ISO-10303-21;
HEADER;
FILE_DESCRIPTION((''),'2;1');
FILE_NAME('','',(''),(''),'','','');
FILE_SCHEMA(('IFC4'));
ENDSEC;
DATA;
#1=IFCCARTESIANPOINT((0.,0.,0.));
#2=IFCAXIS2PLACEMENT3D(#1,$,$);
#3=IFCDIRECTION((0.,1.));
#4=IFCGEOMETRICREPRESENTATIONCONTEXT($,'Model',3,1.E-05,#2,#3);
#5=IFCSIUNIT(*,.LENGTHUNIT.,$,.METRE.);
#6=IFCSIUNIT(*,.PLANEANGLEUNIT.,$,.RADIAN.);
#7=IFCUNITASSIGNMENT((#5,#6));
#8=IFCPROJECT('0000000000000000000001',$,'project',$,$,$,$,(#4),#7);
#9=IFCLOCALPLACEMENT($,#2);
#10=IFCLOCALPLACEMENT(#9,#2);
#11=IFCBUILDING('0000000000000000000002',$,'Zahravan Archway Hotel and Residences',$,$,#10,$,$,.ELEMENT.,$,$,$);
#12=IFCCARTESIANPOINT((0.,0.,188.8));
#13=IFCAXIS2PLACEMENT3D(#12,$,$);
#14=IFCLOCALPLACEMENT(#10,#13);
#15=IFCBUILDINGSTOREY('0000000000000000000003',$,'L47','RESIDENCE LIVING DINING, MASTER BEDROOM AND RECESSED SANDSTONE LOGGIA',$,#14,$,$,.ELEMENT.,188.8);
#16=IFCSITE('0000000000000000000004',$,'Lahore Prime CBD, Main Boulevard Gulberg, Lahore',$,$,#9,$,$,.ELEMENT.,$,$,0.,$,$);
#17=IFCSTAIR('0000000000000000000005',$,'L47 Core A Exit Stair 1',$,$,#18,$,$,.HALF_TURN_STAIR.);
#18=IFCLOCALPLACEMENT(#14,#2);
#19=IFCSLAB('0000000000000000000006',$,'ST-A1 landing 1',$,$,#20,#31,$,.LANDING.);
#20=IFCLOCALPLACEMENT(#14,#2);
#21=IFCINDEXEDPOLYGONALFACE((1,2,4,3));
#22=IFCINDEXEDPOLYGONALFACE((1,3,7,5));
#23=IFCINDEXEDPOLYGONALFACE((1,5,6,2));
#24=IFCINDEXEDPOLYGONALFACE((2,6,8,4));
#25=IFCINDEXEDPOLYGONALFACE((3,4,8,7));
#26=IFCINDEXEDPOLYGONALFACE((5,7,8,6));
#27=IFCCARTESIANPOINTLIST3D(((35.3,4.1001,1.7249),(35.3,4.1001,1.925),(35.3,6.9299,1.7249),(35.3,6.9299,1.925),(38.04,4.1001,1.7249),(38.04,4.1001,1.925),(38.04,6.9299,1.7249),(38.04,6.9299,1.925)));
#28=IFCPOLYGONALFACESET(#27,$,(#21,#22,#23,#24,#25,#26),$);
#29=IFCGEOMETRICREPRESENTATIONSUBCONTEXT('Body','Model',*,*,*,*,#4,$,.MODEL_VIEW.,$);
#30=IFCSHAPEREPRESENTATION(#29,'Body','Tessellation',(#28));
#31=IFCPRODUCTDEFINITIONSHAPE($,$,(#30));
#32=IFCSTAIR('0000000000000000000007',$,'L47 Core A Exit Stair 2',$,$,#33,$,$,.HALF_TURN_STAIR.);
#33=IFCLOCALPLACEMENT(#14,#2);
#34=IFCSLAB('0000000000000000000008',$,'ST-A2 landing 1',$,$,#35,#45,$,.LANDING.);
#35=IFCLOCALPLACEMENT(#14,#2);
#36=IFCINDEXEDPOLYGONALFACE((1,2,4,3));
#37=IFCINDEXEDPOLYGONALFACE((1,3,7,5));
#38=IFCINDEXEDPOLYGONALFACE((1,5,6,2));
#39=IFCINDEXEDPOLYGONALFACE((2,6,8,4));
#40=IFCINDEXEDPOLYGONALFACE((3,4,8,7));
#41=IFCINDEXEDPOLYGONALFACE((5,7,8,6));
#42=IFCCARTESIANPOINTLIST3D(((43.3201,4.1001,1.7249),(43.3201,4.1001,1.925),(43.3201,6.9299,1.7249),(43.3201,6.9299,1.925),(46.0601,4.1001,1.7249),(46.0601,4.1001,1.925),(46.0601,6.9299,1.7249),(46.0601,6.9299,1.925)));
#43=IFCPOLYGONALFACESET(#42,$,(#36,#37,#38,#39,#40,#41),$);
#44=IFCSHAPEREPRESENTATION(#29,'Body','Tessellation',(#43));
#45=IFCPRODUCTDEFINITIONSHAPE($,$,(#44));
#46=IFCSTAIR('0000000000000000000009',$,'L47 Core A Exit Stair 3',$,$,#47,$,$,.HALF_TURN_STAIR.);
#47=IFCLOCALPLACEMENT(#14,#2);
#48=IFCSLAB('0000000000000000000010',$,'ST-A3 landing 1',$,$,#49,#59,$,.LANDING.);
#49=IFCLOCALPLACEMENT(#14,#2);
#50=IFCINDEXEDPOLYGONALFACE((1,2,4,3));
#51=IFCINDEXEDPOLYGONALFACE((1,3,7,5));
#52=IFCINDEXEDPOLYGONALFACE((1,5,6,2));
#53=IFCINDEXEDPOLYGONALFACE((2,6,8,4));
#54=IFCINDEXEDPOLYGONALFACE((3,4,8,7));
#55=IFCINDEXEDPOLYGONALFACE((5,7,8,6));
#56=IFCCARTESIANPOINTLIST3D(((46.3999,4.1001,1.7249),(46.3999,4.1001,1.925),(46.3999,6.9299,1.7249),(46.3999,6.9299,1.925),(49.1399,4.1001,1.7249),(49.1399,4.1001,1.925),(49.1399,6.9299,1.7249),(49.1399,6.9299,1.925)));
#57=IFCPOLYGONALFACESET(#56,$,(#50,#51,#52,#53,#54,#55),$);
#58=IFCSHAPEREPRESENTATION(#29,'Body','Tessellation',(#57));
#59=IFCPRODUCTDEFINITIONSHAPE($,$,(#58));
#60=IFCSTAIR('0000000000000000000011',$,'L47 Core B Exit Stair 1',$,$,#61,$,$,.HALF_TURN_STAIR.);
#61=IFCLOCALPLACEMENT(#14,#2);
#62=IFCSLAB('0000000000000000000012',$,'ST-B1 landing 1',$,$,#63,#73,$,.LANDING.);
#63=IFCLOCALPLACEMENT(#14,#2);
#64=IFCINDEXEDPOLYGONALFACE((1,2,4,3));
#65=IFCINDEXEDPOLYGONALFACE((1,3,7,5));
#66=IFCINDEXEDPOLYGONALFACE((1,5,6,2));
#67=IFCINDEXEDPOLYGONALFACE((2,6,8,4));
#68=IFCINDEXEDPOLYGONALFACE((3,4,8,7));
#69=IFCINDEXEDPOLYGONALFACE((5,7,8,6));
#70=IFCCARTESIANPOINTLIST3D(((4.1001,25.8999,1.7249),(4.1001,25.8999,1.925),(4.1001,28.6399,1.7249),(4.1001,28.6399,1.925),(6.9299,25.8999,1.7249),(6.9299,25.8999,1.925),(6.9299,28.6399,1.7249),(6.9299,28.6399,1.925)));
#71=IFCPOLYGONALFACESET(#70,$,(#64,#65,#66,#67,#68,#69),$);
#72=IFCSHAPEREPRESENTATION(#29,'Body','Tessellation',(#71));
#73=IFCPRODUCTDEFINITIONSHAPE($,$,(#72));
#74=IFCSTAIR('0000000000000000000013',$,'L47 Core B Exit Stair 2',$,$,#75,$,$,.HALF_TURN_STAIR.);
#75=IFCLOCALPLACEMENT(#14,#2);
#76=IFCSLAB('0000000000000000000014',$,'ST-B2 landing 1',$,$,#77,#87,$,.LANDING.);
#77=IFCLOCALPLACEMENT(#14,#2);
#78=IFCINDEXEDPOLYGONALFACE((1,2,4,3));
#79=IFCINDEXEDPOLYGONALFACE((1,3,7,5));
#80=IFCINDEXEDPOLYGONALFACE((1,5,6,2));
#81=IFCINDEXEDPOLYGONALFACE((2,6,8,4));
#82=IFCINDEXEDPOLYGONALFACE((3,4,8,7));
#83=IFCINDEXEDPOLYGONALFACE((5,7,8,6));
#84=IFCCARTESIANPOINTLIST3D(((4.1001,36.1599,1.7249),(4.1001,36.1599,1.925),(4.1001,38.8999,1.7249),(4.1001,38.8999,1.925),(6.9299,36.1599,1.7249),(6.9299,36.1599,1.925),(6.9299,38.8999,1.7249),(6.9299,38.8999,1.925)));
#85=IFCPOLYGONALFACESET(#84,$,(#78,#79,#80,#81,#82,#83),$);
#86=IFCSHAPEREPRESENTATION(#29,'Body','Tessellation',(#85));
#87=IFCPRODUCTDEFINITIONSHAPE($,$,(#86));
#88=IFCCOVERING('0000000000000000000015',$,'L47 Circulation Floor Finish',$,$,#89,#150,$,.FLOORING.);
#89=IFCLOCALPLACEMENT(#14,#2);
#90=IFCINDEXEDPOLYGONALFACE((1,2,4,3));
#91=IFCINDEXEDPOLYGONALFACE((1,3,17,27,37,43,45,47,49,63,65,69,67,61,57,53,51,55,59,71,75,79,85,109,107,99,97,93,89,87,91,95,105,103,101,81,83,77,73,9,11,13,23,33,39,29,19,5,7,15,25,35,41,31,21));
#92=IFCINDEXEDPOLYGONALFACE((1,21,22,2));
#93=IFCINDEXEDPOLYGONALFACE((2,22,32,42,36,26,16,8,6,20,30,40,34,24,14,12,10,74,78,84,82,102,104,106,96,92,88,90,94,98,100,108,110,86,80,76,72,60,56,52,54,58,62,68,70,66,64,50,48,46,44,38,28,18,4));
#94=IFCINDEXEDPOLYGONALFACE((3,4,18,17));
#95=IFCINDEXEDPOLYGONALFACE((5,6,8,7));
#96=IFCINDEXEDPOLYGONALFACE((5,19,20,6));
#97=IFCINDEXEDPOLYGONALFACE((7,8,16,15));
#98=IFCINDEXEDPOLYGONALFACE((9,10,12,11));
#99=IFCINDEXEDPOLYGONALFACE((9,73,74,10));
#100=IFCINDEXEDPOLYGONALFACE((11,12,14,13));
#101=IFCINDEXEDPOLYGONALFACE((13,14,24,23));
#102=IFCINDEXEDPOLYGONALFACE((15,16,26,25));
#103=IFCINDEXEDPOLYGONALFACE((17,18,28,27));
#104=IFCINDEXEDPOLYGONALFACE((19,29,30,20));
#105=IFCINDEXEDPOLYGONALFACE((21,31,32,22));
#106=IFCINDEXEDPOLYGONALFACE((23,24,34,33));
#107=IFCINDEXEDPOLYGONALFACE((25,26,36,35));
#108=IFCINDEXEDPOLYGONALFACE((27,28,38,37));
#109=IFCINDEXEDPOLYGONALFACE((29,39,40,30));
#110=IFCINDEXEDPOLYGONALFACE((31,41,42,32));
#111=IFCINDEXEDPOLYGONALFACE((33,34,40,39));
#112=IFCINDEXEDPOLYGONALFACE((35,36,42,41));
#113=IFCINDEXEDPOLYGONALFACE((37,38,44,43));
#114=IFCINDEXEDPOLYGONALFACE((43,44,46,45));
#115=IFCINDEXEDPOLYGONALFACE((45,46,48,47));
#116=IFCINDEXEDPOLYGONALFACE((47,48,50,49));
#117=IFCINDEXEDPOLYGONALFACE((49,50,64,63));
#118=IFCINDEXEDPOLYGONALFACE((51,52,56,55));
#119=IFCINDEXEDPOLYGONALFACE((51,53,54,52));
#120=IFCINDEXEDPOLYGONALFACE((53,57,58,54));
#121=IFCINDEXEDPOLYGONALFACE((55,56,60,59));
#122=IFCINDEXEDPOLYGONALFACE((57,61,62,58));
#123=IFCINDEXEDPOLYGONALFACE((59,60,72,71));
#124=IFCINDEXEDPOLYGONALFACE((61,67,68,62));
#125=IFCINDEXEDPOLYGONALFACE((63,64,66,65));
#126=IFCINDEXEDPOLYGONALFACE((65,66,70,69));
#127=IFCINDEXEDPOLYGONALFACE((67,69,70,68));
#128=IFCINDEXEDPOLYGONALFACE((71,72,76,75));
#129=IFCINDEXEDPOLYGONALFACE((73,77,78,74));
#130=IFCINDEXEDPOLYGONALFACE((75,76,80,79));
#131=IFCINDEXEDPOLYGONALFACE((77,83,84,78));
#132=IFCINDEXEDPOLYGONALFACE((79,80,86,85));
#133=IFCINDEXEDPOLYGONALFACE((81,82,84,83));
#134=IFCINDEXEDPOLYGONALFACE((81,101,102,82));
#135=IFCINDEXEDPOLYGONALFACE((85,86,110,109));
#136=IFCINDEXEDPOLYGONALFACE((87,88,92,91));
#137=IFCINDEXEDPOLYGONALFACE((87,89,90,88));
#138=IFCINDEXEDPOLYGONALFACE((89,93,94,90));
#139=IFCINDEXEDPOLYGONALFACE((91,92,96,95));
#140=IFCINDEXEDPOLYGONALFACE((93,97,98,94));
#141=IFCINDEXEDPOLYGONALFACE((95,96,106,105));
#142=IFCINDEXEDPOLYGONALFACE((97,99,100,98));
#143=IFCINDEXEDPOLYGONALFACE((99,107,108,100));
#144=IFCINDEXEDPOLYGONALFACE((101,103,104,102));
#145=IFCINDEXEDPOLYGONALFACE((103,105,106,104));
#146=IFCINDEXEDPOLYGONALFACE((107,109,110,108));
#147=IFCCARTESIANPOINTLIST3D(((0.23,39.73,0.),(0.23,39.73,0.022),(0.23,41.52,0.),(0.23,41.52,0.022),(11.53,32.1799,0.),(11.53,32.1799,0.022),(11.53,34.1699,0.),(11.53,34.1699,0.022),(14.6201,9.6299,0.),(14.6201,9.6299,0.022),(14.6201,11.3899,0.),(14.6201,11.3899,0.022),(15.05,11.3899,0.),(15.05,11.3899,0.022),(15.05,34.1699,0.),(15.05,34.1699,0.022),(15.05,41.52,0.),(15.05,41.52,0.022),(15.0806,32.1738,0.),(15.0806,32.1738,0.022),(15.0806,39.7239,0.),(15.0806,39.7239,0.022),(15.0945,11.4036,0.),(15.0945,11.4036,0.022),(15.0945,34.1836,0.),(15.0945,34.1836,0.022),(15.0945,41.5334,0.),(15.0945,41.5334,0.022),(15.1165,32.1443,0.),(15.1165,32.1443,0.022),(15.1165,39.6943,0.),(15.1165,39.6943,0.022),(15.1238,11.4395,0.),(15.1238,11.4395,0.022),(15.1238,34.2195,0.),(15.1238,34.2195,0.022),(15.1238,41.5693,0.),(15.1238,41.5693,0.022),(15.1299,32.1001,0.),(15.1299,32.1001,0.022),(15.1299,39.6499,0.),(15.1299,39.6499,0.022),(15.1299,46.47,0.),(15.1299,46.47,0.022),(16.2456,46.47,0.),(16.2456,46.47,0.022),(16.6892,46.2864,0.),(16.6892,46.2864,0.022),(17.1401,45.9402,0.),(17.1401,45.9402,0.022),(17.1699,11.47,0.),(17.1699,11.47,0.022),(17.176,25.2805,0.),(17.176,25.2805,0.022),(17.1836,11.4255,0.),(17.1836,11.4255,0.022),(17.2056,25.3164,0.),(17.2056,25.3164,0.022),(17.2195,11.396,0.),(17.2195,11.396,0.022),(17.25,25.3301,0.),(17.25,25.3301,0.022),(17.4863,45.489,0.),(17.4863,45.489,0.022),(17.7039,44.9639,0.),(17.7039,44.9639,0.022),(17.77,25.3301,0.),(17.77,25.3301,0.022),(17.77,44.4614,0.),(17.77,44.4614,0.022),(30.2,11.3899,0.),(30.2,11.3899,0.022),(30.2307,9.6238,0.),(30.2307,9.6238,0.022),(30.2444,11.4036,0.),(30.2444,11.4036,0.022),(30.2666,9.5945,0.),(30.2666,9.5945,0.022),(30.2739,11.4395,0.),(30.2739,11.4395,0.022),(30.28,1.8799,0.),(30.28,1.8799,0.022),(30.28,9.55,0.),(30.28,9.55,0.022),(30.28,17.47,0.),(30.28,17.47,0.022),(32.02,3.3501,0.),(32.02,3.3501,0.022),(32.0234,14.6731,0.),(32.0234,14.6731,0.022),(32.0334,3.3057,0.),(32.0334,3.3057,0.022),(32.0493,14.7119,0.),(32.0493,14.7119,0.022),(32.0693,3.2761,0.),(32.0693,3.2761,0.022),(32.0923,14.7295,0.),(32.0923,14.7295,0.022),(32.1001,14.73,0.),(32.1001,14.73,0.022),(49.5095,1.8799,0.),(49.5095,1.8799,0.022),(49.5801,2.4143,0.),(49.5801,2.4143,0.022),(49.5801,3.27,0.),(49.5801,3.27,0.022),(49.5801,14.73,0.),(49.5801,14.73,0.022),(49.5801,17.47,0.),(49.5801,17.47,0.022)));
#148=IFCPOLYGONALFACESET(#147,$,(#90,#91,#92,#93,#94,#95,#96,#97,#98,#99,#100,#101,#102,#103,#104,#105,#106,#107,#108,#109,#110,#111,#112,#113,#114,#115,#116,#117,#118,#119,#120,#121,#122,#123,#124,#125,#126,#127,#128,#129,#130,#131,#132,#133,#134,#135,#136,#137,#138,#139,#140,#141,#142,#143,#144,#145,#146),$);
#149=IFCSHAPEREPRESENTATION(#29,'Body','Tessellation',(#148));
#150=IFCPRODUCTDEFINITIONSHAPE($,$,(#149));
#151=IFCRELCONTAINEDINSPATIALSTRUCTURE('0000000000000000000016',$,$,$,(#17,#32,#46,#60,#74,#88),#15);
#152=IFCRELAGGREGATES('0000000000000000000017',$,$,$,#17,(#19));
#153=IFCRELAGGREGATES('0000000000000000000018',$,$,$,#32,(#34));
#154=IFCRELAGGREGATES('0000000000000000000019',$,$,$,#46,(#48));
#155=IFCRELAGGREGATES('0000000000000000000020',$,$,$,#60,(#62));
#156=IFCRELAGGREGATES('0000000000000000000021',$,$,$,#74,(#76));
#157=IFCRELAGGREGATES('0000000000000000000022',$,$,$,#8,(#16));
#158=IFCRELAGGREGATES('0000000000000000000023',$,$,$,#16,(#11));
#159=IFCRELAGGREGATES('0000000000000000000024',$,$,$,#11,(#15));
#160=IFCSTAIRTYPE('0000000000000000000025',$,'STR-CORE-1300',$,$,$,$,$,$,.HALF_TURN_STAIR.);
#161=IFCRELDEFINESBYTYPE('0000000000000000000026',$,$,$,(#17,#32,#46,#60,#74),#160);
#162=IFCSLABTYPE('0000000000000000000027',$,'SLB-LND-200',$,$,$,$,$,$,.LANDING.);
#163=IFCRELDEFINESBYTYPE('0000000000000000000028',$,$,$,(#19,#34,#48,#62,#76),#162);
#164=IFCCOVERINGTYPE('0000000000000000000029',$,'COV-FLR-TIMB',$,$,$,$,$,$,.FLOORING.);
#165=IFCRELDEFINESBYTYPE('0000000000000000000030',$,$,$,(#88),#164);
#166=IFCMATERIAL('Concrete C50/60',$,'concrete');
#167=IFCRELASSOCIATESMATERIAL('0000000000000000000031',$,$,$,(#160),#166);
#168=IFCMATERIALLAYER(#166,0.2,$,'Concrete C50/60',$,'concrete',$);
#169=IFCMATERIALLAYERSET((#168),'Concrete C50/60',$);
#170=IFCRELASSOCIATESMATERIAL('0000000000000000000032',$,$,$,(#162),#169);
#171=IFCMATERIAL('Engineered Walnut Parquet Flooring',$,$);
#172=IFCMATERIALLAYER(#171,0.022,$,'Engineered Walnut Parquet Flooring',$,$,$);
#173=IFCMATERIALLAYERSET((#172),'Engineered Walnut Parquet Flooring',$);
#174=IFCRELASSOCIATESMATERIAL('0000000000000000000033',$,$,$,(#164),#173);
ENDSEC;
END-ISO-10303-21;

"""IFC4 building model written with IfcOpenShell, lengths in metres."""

from ifc_helpers import new_model, si_unit, direction, frame, origin, place, context, subcontext, project, spatial, polyline, outline, extrude, material, layer, layer_set, type_object, element, aggregate, save


model = new_model("IFC4")

# Units and contexts
model_context = context("Model", 3, precision=1e-05, world=origin(), true_north=direction((0.0, 1.0)))
body_context = subcontext(model_context, "Body", "Model", "MODEL_VIEW")
ifc_project = project(units=[si_unit("LENGTHUNIT", "METRE"), si_unit("PLANEANGLEUNIT", "RADIAN")], contexts=[model_context])

# Site, building, storey
site_placement = place(None, origin())
site = spatial("IfcSite", under=ifc_project, at=site_placement, Name="Lahore Prime CBD, Main Boulevard Gulberg, Lahore", CompositionType="ELEMENT", RefElevation=0.0)
building_placement = place(site_placement, origin())
building = spatial("IfcBuilding", under=site, at=building_placement, Name="Zahravan Archway Hotel and Residences", CompositionType="ELEMENT")
storey_placement = place(building_placement, frame((0.0, 0.0, 188.8)))
storey = spatial("IfcBuildingStorey", under=building, at=storey_placement, Name="L47", Description="RESIDENCE LIVING DINING, MASTER BEDROOM AND RECESSED SANDSTONE LOGGIA", CompositionType="ELEMENT", Elevation=188.8)

# Stairs, slabs
ifc_material_1 = material(Name="Concrete C50/60", Category="concrete")
stair_type = type_object("IfcStairType", Name="STR-CORE-1300", PredefinedType="HALF_TURN_STAIR", material=ifc_material_1)
stair_1_placement = place(storey_placement, origin())
stair_1 = element("IfcStair", 1, at=stair_1_placement, inside=storey, type_object=stair_type, Name="L47 Core A Exit Stair 1", PredefinedType="HALF_TURN_STAIR")
ifc_layer_1 = layer(ifc_material_1, 0.2, Name="Concrete C50/60", Category="concrete")
ifc_layer_set_1 = layer_set([ifc_layer_1], Name="Concrete C50/60")
slab_type_1 = type_object("IfcSlabType", Name="SLB-LND-200", PredefinedType="LANDING", material=ifc_layer_set_1)
slab_1_placement = place(storey_placement, frame((0.0, 0.0, 1.7249)))
slab_1 = element("IfcSlab", 2, at=slab_1_placement, type_object=slab_type_1, Name="ST-A1 landing 1", PredefinedType="LANDING", context=body_context, shape_type="SweptSolid", body=[
    extrude(outline(polyline([(35.3, 6.9299), (35.3, 4.1001), (38.04, 4.1001), (38.04, 6.9299), (35.3, 6.9299)])), origin(), (0.0, 0.0, 1.0), 0.2002),
])
aggregate(stair_1, [slab_1])
stair_2_placement = place(storey_placement, origin())
stair_2 = element("IfcStair", 3, at=stair_2_placement, inside=storey, type_object=stair_type, Name="L47 Core A Exit Stair 2", PredefinedType="HALF_TURN_STAIR")
slab_2_placement = place(storey_placement, frame((0.0, 0.0, 1.7249)))
slab_2 = element("IfcSlab", 4, at=slab_2_placement, type_object=slab_type_1, Name="ST-A2 landing 1", PredefinedType="LANDING", context=body_context, shape_type="SweptSolid", body=[
    extrude(outline(polyline([(43.3201, 6.9299), (43.3201, 4.1001), (46.0601, 4.1001), (46.0601, 6.9299), (43.3201, 6.9299)])), origin(), (0.0, 0.0, 1.0), 0.2002),
])
aggregate(stair_2, [slab_2])
stair_3_placement = place(storey_placement, origin())
stair_3 = element("IfcStair", 5, at=stair_3_placement, inside=storey, type_object=stair_type, Name="L47 Core A Exit Stair 3", PredefinedType="HALF_TURN_STAIR")
slab_3_placement = place(storey_placement, frame((0.0, 0.0, 1.7249)))
slab_3 = element("IfcSlab", 6, at=slab_3_placement, type_object=slab_type_1, Name="ST-A3 landing 1", PredefinedType="LANDING", context=body_context, shape_type="SweptSolid", body=[
    extrude(outline(polyline([(46.3999, 6.9299), (46.3999, 4.1001), (49.1399, 4.1001), (49.1399, 6.9299), (46.3999, 6.9299)])), origin(), (0.0, 0.0, 1.0), 0.2002),
])
aggregate(stair_3, [slab_3])
stair_4_placement = place(storey_placement, origin())
stair_4 = element("IfcStair", 7, at=stair_4_placement, inside=storey, type_object=stair_type, Name="L47 Core B Exit Stair 1", PredefinedType="HALF_TURN_STAIR")
slab_4_placement = place(storey_placement, frame((0.0, 0.0, 1.7249)))
slab_4 = element("IfcSlab", 8, at=slab_4_placement, type_object=slab_type_1, Name="ST-B1 landing 1", PredefinedType="LANDING", context=body_context, shape_type="SweptSolid", body=[
    extrude(outline(polyline([(6.9299, 28.6399), (4.1001, 28.6399), (4.1001, 25.8999), (6.9299, 25.8999), (6.9299, 28.6399)])), origin(), (0.0, 0.0, 1.0), 0.2002),
])
aggregate(stair_4, [slab_4])
stair_5_placement = place(storey_placement, origin())
stair_5 = element("IfcStair", 9, at=stair_5_placement, inside=storey, type_object=stair_type, Name="L47 Core B Exit Stair 2", PredefinedType="HALF_TURN_STAIR")
slab_5_placement = place(storey_placement, frame((0.0, 0.0, 1.7249)))
slab_5 = element("IfcSlab", 10, at=slab_5_placement, type_object=slab_type_1, Name="ST-B2 landing 1", PredefinedType="LANDING", context=body_context, shape_type="SweptSolid", body=[
    extrude(outline(polyline([(6.9299, 38.8999), (4.1001, 38.8999), (4.1001, 36.1599), (6.9299, 36.1599), (6.9299, 38.8999)])), origin(), (0.0, 0.0, 1.0), 0.2002),
])
aggregate(stair_5, [slab_5])

# Covering
ifc_material_2 = material(Name="Engineered Walnut Parquet Flooring")
ifc_layer_2 = layer(ifc_material_2, 0.022, Name="Engineered Walnut Parquet Flooring")
ifc_layer_set_2 = layer_set([ifc_layer_2], Name="Engineered Walnut Parquet Flooring")
covering_type = type_object("IfcCoveringType", Name="COV-FLR-TIMB", PredefinedType="FLOORING", material=ifc_layer_set_2)
covering_placement = place(storey_placement, origin())
element("IfcCovering", 11, at=covering_placement, inside=storey, type_object=covering_type, Name="L47 Circulation Floor Finish", PredefinedType="FLOORING", context=body_context, shape_type="SweptSolid", body=[
    extrude(outline(polyline([(32.0923, 14.7295), (32.0493, 14.7119), (32.0234, 14.6731), (32.02, 3.3501), (32.0334, 3.3057), (32.0693, 3.2761), (49.5801, 3.27), (49.5801, 2.4143), (49.5095, 1.8799), (30.28, 1.8799), (30.28, 9.55), (30.2666, 9.5945), (30.2307, 9.6238), (14.6201, 9.6299), (14.6201, 11.3899), (15.05, 11.3899), (15.0945, 11.4036), (15.1238, 11.4395), (15.1299, 32.1001), (15.1165, 32.1443), (15.0806, 32.1738), (11.53, 32.1799), (11.53, 34.1699), (15.05, 34.1699), (15.0945, 34.1836), (15.1238, 34.2195), (15.1299, 39.6499), (15.1165, 39.6943), (15.0806, 39.7239), (0.23, 39.73), (0.23, 41.52), (15.05, 41.52), (15.0945, 41.5334), (15.1238, 41.5693), (15.1299, 46.47), (16.2456, 46.47), (16.6892, 46.2864), (17.1401, 45.9402), (17.4863, 45.489), (17.7039, 44.9639), (17.77, 44.4614), (17.77, 25.3301), (17.25, 25.3301), (17.2056, 25.3164), (17.176, 25.2805), (17.1699, 11.47), (17.1836, 11.4255), (17.2195, 11.396), (30.2, 11.3899), (30.2444, 11.4036), (30.2739, 11.4395), (30.28, 17.47), (49.5801, 17.47), (49.5801, 14.73), (32.1001, 14.73), (32.0923, 14.7295)])), origin(), (0.0, 0.0, 1.0), 0.022),
])

save(model, "model.ifc")
